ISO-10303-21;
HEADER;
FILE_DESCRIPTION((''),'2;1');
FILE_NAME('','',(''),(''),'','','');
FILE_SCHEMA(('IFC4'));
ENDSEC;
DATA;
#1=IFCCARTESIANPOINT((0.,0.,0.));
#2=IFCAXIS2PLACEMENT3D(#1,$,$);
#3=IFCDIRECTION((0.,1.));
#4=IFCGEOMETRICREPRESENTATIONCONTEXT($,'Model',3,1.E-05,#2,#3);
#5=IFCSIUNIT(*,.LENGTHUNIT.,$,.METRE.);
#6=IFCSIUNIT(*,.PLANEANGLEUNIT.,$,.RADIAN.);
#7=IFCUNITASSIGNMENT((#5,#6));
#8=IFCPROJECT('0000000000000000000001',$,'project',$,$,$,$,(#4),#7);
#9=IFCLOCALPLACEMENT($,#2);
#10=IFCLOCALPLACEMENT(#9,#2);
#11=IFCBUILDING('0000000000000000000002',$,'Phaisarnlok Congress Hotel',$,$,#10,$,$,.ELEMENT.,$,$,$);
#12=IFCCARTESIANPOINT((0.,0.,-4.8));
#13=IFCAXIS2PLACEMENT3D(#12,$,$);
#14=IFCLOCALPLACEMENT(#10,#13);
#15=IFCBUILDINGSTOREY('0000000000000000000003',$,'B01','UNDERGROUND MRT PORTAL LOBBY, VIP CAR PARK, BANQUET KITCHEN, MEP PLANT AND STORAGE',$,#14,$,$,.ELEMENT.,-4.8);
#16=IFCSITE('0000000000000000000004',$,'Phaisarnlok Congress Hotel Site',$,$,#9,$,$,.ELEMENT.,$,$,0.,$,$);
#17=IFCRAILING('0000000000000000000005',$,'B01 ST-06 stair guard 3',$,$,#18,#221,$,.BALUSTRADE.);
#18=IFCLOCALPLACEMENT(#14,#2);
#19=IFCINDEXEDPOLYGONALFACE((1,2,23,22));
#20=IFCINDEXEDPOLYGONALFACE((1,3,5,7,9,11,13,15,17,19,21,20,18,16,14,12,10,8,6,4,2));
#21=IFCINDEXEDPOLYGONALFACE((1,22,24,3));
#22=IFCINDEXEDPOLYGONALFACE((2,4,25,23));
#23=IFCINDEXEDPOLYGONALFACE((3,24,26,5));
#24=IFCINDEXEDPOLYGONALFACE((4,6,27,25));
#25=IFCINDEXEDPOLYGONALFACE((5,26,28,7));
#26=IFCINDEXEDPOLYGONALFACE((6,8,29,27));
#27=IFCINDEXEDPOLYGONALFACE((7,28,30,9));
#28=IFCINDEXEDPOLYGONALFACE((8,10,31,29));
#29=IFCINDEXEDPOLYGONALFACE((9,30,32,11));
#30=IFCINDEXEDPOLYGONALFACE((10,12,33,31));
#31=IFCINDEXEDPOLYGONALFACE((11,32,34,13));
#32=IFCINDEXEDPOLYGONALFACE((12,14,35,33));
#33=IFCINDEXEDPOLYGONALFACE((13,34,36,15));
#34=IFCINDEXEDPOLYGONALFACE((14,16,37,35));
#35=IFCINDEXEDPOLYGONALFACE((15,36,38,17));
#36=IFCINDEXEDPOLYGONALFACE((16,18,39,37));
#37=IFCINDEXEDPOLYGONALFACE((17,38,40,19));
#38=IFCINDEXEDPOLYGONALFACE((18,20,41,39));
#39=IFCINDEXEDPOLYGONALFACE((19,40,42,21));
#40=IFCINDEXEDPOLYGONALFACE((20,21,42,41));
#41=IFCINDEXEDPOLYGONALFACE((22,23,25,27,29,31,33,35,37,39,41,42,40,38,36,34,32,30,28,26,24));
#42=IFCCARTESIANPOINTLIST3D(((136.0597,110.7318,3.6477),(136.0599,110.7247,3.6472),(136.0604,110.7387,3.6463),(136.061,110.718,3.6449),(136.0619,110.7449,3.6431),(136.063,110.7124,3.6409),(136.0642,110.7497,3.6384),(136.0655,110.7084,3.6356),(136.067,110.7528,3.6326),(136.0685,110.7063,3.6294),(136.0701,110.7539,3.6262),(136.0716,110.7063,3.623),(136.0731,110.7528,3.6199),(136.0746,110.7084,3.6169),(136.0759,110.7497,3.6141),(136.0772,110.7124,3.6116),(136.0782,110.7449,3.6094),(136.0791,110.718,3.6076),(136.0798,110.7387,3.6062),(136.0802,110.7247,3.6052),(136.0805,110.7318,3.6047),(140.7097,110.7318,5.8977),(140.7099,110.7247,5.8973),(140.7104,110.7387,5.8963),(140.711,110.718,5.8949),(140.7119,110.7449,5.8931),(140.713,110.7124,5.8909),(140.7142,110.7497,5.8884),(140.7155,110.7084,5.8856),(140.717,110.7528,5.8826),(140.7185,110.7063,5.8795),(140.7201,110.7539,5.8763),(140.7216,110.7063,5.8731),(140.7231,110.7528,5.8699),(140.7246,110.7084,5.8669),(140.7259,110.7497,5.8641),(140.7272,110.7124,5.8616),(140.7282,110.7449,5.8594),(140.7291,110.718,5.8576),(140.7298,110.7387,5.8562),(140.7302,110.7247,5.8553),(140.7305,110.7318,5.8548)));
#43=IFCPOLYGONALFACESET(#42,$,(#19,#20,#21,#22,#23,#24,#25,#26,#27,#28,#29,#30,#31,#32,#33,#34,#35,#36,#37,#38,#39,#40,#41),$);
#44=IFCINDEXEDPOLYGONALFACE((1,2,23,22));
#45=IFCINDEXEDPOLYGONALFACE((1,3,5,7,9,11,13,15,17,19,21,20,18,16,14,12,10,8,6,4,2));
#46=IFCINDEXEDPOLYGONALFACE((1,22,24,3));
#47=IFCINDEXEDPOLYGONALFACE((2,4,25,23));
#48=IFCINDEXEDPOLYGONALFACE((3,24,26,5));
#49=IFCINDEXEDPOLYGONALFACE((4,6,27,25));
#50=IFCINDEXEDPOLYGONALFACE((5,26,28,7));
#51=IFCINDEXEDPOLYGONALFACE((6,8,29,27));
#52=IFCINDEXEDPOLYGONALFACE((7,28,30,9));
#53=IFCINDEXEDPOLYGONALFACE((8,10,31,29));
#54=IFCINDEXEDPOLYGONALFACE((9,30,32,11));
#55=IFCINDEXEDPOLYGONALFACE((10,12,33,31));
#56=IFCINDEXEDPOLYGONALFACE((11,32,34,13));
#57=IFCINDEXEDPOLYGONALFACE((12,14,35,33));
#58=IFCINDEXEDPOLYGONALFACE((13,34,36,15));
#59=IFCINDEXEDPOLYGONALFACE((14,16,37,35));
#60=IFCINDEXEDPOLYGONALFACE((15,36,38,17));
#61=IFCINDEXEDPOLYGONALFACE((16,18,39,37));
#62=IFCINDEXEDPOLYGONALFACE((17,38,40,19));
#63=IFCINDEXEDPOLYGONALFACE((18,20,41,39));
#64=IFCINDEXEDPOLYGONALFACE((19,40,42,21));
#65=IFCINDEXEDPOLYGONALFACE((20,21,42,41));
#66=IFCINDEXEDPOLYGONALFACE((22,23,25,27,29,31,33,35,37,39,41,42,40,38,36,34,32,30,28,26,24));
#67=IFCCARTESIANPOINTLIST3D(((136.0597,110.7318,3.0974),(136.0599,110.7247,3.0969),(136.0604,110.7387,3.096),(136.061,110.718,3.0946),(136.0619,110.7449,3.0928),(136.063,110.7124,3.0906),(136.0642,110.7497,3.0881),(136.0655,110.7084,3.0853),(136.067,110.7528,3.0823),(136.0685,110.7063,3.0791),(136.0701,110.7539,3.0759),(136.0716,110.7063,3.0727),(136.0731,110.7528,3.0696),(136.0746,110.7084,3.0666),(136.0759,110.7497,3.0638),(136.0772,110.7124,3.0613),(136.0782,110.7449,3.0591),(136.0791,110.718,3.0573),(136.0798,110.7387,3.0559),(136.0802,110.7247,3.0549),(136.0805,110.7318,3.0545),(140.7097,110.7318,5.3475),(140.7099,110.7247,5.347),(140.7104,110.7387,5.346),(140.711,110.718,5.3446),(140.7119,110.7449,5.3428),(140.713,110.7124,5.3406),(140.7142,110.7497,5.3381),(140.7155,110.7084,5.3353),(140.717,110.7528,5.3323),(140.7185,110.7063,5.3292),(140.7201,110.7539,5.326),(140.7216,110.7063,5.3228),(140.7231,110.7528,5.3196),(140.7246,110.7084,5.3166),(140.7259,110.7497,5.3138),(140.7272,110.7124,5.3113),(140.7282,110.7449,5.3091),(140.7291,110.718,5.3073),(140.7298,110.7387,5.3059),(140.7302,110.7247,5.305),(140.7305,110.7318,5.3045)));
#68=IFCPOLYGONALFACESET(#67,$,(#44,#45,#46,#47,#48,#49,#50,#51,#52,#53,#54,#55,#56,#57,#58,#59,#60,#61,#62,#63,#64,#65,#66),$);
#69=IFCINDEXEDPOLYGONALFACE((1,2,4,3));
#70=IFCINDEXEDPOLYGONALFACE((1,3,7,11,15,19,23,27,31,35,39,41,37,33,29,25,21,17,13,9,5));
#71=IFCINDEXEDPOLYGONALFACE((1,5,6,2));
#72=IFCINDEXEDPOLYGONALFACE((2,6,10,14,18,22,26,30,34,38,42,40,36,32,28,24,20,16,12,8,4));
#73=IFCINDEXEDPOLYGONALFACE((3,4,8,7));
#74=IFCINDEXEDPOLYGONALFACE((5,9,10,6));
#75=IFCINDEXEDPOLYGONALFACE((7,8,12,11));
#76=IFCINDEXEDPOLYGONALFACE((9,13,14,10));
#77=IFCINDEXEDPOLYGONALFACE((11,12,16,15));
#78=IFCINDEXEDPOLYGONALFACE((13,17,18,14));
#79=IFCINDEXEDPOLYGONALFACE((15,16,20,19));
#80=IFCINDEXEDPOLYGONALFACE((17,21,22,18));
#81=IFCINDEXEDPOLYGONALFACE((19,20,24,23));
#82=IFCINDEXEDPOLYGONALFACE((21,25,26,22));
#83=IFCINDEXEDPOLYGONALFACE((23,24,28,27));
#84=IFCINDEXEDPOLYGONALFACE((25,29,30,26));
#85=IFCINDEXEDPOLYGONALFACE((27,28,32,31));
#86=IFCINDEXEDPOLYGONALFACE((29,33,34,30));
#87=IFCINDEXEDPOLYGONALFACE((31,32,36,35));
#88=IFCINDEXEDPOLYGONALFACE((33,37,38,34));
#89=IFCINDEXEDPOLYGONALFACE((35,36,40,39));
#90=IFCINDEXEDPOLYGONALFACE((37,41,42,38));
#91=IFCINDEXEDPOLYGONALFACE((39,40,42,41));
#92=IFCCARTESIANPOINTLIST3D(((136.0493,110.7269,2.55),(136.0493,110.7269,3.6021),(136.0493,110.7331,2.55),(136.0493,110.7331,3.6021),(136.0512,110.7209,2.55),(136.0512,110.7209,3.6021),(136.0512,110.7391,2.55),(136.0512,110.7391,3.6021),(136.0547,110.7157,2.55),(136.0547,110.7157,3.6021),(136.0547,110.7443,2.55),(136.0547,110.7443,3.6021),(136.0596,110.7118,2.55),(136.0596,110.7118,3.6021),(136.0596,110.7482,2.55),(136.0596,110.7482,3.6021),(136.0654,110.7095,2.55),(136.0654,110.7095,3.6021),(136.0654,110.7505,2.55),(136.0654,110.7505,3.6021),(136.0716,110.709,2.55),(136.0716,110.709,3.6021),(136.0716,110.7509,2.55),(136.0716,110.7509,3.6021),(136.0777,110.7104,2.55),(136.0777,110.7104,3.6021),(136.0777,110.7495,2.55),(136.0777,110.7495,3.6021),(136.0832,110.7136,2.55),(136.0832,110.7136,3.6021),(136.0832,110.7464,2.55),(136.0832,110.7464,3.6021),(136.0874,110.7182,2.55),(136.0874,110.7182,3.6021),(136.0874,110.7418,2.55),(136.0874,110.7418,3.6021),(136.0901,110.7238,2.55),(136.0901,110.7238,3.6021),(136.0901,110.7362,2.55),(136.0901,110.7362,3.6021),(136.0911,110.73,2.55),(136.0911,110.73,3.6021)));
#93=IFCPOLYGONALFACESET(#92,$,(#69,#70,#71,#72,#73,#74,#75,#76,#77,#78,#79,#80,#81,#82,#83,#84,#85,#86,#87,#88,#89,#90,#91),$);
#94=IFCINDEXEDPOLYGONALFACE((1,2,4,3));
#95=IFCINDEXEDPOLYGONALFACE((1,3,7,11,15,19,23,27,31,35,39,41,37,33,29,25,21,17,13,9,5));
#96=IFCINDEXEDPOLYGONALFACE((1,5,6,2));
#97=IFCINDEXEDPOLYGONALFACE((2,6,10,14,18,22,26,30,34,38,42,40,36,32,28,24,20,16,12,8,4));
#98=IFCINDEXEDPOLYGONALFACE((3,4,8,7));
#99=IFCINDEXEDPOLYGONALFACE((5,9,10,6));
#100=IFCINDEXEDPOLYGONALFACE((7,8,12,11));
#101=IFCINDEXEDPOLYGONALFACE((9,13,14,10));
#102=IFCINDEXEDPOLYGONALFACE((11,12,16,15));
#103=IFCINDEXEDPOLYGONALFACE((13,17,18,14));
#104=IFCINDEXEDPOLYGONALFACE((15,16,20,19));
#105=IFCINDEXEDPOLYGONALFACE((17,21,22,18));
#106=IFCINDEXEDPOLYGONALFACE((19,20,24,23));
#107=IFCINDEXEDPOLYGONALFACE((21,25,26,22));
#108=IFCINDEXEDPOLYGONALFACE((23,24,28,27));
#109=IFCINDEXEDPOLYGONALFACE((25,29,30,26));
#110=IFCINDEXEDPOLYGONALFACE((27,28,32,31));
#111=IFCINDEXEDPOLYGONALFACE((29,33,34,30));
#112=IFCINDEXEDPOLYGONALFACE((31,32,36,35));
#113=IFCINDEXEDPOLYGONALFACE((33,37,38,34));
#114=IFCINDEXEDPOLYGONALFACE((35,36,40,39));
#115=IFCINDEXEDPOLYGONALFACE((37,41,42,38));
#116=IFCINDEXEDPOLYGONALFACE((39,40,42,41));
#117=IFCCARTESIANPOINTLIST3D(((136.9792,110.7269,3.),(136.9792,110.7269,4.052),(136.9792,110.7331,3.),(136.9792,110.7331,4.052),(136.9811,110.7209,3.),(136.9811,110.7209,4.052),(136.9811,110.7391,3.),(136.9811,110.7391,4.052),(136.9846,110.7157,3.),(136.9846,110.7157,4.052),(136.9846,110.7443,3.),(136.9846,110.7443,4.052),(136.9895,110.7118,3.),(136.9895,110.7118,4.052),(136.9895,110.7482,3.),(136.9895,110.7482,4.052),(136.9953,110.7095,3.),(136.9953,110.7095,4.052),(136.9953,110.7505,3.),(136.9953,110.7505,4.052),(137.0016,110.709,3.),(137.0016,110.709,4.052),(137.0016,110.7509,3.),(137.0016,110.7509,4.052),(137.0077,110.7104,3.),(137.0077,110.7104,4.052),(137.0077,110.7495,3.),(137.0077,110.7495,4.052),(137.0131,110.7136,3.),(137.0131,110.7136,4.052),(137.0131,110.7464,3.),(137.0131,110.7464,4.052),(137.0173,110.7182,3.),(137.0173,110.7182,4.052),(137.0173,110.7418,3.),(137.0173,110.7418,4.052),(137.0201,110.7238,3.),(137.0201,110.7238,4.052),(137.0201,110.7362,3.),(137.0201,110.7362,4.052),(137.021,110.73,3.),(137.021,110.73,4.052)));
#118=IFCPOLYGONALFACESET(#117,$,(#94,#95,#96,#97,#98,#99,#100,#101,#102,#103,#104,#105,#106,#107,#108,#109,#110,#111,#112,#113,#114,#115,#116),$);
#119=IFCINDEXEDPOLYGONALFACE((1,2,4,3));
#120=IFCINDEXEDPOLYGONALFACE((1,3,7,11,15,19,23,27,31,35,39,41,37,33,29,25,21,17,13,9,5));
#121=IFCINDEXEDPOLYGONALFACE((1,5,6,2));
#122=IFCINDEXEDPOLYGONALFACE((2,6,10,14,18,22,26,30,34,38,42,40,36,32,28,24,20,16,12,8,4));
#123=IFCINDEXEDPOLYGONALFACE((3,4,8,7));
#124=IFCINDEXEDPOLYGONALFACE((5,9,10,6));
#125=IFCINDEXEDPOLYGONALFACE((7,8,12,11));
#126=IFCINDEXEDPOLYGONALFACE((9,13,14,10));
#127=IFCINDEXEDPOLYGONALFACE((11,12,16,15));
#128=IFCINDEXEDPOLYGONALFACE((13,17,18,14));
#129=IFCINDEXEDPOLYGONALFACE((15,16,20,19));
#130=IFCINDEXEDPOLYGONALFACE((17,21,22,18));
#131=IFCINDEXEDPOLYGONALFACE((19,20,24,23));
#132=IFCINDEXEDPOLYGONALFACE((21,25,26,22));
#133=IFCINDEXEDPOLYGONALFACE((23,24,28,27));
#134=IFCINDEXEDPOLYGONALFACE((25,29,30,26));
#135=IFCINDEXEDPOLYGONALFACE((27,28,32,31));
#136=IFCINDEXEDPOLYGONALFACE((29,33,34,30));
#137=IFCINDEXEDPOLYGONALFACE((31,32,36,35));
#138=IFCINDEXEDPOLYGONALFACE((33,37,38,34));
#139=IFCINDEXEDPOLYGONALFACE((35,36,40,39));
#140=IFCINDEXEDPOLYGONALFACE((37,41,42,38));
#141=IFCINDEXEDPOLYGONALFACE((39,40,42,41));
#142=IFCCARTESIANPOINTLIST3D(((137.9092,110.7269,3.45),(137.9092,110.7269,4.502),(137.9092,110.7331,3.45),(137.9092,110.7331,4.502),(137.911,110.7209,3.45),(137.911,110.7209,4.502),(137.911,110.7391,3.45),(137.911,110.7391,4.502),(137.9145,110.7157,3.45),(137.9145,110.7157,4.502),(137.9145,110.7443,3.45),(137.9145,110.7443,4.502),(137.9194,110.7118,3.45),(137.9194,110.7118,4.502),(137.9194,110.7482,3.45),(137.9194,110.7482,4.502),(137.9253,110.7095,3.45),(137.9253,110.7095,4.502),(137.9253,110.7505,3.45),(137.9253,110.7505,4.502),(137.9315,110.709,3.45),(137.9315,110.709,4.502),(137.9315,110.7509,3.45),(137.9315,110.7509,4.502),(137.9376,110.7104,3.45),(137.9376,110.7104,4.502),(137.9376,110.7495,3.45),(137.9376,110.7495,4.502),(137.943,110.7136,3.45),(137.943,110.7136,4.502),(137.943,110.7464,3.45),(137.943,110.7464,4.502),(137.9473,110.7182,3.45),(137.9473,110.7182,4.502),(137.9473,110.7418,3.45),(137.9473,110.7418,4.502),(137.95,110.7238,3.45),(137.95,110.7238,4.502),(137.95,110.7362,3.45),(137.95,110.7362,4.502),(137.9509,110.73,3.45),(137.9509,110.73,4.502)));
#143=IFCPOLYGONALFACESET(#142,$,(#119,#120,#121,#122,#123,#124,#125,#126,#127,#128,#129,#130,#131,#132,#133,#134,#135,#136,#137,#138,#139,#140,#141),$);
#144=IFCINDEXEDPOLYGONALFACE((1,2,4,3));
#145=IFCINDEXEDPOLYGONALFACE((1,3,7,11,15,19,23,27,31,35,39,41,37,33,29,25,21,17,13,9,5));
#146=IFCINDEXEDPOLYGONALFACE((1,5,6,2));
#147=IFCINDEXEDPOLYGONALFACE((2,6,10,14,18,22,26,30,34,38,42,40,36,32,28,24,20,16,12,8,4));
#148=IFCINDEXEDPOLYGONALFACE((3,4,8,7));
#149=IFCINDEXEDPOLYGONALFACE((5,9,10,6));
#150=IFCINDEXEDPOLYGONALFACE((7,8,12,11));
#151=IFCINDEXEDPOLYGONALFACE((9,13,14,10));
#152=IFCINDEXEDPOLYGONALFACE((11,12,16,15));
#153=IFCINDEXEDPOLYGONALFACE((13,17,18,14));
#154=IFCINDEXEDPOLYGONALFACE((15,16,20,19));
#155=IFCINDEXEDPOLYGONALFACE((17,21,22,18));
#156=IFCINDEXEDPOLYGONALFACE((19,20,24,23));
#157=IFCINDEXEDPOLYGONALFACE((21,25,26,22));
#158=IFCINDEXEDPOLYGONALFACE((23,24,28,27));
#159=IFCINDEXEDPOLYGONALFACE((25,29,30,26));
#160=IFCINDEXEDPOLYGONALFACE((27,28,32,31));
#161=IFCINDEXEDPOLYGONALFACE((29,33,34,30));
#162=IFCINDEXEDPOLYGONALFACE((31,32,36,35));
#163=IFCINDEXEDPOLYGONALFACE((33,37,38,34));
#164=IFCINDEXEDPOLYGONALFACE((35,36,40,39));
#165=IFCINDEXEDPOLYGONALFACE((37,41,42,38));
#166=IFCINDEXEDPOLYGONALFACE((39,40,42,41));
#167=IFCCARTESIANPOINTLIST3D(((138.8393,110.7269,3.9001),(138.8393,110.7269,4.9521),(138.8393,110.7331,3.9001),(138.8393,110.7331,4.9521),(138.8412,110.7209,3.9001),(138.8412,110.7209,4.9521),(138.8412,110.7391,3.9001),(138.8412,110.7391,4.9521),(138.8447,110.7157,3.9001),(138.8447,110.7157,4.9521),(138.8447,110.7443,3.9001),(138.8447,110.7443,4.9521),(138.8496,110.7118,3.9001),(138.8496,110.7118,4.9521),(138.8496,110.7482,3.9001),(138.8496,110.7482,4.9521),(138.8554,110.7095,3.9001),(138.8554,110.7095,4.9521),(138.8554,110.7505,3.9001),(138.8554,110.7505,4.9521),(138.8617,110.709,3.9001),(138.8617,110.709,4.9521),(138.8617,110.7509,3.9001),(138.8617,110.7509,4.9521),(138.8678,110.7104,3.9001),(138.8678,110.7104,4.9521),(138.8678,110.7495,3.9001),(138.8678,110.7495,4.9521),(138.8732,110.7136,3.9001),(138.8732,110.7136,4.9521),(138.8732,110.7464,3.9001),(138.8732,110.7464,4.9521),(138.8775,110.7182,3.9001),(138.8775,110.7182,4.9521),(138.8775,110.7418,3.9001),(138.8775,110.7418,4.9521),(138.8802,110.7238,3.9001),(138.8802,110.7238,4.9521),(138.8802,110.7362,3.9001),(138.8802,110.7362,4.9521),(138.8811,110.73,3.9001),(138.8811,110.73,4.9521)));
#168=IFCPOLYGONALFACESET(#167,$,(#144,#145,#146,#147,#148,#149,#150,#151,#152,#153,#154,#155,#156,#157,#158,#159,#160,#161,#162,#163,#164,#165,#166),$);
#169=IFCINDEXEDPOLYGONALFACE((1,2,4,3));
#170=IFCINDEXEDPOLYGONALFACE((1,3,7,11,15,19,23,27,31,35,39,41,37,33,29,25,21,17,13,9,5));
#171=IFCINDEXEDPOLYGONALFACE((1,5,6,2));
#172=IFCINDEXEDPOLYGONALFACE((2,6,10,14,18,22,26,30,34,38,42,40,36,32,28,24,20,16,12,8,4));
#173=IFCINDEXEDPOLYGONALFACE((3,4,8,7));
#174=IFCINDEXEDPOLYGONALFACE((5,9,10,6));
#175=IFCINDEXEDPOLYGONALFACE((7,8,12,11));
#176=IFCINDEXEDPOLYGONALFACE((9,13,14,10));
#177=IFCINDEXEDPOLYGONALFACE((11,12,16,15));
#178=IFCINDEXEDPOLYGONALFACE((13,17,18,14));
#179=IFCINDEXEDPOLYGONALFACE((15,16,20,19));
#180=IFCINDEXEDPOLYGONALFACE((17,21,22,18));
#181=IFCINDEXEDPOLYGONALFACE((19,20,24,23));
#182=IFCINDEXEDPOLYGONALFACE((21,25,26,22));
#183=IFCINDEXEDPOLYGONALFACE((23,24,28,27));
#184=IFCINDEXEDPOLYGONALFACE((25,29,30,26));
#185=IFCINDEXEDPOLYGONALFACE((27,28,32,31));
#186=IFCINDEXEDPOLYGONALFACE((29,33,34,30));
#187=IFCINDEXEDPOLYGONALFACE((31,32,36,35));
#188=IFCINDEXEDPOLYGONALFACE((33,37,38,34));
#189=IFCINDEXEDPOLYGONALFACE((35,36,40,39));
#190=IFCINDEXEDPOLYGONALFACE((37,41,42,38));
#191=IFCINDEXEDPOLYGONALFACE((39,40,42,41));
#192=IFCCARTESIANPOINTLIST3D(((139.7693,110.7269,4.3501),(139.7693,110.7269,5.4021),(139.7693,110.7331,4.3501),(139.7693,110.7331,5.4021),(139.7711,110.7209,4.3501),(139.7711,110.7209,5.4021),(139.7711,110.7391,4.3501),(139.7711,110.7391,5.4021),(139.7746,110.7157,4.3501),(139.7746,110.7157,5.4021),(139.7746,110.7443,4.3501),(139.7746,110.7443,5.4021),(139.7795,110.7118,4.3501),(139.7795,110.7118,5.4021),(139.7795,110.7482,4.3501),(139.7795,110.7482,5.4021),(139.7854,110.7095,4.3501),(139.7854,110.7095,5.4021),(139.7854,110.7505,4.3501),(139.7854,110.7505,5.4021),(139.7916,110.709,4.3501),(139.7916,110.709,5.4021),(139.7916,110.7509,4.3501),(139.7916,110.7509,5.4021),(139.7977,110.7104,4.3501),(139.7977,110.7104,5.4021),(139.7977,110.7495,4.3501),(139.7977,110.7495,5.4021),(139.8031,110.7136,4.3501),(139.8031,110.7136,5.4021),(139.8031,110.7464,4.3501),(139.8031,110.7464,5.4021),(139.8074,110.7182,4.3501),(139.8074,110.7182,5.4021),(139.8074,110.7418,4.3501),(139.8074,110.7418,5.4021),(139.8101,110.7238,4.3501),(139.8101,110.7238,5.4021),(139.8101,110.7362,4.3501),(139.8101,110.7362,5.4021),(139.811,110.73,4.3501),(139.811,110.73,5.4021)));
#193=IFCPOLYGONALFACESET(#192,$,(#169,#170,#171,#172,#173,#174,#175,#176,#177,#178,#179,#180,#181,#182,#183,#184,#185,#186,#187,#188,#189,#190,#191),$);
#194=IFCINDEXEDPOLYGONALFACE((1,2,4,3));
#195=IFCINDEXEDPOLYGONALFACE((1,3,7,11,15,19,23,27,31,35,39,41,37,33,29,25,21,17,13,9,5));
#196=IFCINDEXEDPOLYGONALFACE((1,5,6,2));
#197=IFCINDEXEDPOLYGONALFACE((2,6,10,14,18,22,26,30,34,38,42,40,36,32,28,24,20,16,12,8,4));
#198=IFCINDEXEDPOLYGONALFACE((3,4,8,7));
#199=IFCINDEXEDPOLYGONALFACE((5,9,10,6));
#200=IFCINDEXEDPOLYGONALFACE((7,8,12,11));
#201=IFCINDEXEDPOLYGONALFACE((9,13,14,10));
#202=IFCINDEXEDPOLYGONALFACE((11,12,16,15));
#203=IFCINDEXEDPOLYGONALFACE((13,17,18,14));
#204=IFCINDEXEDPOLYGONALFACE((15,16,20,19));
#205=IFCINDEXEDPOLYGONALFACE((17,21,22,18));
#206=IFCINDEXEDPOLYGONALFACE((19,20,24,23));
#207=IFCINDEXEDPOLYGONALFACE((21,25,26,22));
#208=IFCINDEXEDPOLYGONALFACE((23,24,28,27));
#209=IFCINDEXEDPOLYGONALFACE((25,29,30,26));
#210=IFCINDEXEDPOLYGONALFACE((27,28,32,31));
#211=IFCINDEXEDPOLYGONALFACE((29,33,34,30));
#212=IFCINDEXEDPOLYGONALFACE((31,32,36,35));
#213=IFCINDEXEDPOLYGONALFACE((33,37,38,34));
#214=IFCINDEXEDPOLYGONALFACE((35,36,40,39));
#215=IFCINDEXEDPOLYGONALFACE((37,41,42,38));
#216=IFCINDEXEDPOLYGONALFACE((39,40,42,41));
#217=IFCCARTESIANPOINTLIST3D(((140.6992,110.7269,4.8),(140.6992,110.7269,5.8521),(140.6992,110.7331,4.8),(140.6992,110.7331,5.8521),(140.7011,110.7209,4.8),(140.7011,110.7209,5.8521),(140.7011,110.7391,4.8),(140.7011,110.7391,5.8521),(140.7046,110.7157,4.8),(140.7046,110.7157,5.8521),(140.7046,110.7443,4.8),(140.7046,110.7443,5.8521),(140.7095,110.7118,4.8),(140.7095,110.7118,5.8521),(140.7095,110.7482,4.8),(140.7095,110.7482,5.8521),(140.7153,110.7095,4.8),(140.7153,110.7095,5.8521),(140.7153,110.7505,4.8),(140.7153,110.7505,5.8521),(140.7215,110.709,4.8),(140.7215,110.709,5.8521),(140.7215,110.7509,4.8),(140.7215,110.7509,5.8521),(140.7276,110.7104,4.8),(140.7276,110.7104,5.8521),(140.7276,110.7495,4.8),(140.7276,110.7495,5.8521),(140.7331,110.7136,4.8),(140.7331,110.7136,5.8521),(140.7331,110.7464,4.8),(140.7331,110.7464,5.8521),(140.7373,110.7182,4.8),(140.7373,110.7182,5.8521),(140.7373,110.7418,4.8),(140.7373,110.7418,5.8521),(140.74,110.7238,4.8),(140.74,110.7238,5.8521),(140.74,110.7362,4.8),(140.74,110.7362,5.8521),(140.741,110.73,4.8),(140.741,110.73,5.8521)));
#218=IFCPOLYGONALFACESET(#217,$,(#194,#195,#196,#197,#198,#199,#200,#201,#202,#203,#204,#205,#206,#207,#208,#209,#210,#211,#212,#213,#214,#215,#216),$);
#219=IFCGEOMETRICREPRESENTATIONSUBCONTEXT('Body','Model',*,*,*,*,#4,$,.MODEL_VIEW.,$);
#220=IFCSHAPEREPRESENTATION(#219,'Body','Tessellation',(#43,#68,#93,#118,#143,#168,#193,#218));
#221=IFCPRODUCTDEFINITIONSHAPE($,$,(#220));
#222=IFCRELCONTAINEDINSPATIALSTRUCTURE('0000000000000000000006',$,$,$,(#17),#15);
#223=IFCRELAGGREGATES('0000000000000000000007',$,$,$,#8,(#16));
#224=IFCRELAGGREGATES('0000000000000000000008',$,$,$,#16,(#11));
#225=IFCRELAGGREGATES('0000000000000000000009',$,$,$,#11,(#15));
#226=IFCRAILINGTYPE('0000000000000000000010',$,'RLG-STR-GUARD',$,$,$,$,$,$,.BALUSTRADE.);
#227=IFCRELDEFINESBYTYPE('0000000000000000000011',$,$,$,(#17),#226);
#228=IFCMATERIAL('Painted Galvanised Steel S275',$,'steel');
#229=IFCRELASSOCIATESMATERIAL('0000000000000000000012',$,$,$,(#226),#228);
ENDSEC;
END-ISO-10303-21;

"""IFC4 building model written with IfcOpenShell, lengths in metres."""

from ifc_helpers import new_model, si_unit, direction, frame, origin, origin_2d, place, context, subcontext, project, spatial, circle, extrude, material, type_object, element, save


model = new_model("IFC4")

# Units and contexts
model_context = context("Model", 3, precision=1e-05, world=origin(), true_north=direction((0.0, 1.0)))
body_context = subcontext(model_context, "Body", "Model", "MODEL_VIEW")
ifc_project = project(units=[si_unit("LENGTHUNIT", "METRE"), si_unit("PLANEANGLEUNIT", "RADIAN")], contexts=[model_context])

# Site, building, storey
site_placement = place(None, origin())
site = spatial("IfcSite", under=ifc_project, at=site_placement, Name="Phaisarnlok Congress Hotel Site", CompositionType="ELEMENT", RefElevation=0.0)
building_placement = place(site_placement, origin())
building = spatial("IfcBuilding", under=site, at=building_placement, Name="Phaisarnlok Congress Hotel", CompositionType="ELEMENT")
storey_placement = place(building_placement, frame((0.0, 0.0, -4.8)))
storey = spatial("IfcBuildingStorey", under=building, at=storey_placement, Name="B01", Description="UNDERGROUND MRT PORTAL LOBBY, VIP CAR PARK, BANQUET KITCHEN, MEP PLANT AND STORAGE", CompositionType="ELEMENT", Elevation=-4.8)

# Railing
ifc_material_1 = material(Name="Painted Galvanised Steel S275", Category="steel")
railing_type_1 = type_object("IfcRailingType", Name="RLG-STR-GUARD", PredefinedType="BALUSTRADE", material=ifc_material_1)
railing_1_placement = place(storey_placement, frame((136.0701, 110.73, 2.55)))
element("IfcRailing", 1, at=railing_1_placement, inside=storey, type_object=railing_type_1, Name="B01 ST-06 stair guard 3", PredefinedType="BALUSTRADE", context=body_context, shape_type="SweptSolid", body=[
    extrude(circle(Radius=0.0239, at=origin_2d()), frame((0.0, 0.0, 1.0762), z_axis=(0.900156, 0.0, 0.435568), x_axis=(0.0, 1.0, 0.0)), (0.0, 0.0, 1.0), 5.1658),
    extrude(circle(Radius=0.0239, at=origin_2d()), frame((0.0, 0.0, 0.5259), z_axis=(0.900156, 0.0, 0.435568), x_axis=(0.0, 1.0, 0.0)), (0.0, 0.0, 1.0), 5.1658),
    extrude(circle(Radius=0.021, at=origin_2d()), origin(), (0.0, 0.0, 1.0), 1.052),
    extrude(circle(Radius=0.021, at=origin_2d()), frame((0.9299, 0.0, 0.45)), (0.0, 0.0, 1.0), 1.052),
    extrude(circle(Radius=0.021, at=origin_2d()), frame((1.8599, 0.0, 0.8999)), (0.0, 0.0, 1.0), 1.052),
    extrude(circle(Radius=0.021, at=origin_2d()), frame((2.79, 0.0, 1.3501)), (0.0, 0.0, 1.0), 1.052),
    extrude(circle(Radius=0.021, at=origin_2d()), frame((3.72, 0.0, 1.8)), (0.0, 0.0, 1.0), 1.052),
    extrude(circle(Radius=0.021, at=origin_2d()), frame((4.6499, 0.0, 2.25)), (0.0, 0.0, 1.0), 1.052),
])

save(model, "model.ifc")
